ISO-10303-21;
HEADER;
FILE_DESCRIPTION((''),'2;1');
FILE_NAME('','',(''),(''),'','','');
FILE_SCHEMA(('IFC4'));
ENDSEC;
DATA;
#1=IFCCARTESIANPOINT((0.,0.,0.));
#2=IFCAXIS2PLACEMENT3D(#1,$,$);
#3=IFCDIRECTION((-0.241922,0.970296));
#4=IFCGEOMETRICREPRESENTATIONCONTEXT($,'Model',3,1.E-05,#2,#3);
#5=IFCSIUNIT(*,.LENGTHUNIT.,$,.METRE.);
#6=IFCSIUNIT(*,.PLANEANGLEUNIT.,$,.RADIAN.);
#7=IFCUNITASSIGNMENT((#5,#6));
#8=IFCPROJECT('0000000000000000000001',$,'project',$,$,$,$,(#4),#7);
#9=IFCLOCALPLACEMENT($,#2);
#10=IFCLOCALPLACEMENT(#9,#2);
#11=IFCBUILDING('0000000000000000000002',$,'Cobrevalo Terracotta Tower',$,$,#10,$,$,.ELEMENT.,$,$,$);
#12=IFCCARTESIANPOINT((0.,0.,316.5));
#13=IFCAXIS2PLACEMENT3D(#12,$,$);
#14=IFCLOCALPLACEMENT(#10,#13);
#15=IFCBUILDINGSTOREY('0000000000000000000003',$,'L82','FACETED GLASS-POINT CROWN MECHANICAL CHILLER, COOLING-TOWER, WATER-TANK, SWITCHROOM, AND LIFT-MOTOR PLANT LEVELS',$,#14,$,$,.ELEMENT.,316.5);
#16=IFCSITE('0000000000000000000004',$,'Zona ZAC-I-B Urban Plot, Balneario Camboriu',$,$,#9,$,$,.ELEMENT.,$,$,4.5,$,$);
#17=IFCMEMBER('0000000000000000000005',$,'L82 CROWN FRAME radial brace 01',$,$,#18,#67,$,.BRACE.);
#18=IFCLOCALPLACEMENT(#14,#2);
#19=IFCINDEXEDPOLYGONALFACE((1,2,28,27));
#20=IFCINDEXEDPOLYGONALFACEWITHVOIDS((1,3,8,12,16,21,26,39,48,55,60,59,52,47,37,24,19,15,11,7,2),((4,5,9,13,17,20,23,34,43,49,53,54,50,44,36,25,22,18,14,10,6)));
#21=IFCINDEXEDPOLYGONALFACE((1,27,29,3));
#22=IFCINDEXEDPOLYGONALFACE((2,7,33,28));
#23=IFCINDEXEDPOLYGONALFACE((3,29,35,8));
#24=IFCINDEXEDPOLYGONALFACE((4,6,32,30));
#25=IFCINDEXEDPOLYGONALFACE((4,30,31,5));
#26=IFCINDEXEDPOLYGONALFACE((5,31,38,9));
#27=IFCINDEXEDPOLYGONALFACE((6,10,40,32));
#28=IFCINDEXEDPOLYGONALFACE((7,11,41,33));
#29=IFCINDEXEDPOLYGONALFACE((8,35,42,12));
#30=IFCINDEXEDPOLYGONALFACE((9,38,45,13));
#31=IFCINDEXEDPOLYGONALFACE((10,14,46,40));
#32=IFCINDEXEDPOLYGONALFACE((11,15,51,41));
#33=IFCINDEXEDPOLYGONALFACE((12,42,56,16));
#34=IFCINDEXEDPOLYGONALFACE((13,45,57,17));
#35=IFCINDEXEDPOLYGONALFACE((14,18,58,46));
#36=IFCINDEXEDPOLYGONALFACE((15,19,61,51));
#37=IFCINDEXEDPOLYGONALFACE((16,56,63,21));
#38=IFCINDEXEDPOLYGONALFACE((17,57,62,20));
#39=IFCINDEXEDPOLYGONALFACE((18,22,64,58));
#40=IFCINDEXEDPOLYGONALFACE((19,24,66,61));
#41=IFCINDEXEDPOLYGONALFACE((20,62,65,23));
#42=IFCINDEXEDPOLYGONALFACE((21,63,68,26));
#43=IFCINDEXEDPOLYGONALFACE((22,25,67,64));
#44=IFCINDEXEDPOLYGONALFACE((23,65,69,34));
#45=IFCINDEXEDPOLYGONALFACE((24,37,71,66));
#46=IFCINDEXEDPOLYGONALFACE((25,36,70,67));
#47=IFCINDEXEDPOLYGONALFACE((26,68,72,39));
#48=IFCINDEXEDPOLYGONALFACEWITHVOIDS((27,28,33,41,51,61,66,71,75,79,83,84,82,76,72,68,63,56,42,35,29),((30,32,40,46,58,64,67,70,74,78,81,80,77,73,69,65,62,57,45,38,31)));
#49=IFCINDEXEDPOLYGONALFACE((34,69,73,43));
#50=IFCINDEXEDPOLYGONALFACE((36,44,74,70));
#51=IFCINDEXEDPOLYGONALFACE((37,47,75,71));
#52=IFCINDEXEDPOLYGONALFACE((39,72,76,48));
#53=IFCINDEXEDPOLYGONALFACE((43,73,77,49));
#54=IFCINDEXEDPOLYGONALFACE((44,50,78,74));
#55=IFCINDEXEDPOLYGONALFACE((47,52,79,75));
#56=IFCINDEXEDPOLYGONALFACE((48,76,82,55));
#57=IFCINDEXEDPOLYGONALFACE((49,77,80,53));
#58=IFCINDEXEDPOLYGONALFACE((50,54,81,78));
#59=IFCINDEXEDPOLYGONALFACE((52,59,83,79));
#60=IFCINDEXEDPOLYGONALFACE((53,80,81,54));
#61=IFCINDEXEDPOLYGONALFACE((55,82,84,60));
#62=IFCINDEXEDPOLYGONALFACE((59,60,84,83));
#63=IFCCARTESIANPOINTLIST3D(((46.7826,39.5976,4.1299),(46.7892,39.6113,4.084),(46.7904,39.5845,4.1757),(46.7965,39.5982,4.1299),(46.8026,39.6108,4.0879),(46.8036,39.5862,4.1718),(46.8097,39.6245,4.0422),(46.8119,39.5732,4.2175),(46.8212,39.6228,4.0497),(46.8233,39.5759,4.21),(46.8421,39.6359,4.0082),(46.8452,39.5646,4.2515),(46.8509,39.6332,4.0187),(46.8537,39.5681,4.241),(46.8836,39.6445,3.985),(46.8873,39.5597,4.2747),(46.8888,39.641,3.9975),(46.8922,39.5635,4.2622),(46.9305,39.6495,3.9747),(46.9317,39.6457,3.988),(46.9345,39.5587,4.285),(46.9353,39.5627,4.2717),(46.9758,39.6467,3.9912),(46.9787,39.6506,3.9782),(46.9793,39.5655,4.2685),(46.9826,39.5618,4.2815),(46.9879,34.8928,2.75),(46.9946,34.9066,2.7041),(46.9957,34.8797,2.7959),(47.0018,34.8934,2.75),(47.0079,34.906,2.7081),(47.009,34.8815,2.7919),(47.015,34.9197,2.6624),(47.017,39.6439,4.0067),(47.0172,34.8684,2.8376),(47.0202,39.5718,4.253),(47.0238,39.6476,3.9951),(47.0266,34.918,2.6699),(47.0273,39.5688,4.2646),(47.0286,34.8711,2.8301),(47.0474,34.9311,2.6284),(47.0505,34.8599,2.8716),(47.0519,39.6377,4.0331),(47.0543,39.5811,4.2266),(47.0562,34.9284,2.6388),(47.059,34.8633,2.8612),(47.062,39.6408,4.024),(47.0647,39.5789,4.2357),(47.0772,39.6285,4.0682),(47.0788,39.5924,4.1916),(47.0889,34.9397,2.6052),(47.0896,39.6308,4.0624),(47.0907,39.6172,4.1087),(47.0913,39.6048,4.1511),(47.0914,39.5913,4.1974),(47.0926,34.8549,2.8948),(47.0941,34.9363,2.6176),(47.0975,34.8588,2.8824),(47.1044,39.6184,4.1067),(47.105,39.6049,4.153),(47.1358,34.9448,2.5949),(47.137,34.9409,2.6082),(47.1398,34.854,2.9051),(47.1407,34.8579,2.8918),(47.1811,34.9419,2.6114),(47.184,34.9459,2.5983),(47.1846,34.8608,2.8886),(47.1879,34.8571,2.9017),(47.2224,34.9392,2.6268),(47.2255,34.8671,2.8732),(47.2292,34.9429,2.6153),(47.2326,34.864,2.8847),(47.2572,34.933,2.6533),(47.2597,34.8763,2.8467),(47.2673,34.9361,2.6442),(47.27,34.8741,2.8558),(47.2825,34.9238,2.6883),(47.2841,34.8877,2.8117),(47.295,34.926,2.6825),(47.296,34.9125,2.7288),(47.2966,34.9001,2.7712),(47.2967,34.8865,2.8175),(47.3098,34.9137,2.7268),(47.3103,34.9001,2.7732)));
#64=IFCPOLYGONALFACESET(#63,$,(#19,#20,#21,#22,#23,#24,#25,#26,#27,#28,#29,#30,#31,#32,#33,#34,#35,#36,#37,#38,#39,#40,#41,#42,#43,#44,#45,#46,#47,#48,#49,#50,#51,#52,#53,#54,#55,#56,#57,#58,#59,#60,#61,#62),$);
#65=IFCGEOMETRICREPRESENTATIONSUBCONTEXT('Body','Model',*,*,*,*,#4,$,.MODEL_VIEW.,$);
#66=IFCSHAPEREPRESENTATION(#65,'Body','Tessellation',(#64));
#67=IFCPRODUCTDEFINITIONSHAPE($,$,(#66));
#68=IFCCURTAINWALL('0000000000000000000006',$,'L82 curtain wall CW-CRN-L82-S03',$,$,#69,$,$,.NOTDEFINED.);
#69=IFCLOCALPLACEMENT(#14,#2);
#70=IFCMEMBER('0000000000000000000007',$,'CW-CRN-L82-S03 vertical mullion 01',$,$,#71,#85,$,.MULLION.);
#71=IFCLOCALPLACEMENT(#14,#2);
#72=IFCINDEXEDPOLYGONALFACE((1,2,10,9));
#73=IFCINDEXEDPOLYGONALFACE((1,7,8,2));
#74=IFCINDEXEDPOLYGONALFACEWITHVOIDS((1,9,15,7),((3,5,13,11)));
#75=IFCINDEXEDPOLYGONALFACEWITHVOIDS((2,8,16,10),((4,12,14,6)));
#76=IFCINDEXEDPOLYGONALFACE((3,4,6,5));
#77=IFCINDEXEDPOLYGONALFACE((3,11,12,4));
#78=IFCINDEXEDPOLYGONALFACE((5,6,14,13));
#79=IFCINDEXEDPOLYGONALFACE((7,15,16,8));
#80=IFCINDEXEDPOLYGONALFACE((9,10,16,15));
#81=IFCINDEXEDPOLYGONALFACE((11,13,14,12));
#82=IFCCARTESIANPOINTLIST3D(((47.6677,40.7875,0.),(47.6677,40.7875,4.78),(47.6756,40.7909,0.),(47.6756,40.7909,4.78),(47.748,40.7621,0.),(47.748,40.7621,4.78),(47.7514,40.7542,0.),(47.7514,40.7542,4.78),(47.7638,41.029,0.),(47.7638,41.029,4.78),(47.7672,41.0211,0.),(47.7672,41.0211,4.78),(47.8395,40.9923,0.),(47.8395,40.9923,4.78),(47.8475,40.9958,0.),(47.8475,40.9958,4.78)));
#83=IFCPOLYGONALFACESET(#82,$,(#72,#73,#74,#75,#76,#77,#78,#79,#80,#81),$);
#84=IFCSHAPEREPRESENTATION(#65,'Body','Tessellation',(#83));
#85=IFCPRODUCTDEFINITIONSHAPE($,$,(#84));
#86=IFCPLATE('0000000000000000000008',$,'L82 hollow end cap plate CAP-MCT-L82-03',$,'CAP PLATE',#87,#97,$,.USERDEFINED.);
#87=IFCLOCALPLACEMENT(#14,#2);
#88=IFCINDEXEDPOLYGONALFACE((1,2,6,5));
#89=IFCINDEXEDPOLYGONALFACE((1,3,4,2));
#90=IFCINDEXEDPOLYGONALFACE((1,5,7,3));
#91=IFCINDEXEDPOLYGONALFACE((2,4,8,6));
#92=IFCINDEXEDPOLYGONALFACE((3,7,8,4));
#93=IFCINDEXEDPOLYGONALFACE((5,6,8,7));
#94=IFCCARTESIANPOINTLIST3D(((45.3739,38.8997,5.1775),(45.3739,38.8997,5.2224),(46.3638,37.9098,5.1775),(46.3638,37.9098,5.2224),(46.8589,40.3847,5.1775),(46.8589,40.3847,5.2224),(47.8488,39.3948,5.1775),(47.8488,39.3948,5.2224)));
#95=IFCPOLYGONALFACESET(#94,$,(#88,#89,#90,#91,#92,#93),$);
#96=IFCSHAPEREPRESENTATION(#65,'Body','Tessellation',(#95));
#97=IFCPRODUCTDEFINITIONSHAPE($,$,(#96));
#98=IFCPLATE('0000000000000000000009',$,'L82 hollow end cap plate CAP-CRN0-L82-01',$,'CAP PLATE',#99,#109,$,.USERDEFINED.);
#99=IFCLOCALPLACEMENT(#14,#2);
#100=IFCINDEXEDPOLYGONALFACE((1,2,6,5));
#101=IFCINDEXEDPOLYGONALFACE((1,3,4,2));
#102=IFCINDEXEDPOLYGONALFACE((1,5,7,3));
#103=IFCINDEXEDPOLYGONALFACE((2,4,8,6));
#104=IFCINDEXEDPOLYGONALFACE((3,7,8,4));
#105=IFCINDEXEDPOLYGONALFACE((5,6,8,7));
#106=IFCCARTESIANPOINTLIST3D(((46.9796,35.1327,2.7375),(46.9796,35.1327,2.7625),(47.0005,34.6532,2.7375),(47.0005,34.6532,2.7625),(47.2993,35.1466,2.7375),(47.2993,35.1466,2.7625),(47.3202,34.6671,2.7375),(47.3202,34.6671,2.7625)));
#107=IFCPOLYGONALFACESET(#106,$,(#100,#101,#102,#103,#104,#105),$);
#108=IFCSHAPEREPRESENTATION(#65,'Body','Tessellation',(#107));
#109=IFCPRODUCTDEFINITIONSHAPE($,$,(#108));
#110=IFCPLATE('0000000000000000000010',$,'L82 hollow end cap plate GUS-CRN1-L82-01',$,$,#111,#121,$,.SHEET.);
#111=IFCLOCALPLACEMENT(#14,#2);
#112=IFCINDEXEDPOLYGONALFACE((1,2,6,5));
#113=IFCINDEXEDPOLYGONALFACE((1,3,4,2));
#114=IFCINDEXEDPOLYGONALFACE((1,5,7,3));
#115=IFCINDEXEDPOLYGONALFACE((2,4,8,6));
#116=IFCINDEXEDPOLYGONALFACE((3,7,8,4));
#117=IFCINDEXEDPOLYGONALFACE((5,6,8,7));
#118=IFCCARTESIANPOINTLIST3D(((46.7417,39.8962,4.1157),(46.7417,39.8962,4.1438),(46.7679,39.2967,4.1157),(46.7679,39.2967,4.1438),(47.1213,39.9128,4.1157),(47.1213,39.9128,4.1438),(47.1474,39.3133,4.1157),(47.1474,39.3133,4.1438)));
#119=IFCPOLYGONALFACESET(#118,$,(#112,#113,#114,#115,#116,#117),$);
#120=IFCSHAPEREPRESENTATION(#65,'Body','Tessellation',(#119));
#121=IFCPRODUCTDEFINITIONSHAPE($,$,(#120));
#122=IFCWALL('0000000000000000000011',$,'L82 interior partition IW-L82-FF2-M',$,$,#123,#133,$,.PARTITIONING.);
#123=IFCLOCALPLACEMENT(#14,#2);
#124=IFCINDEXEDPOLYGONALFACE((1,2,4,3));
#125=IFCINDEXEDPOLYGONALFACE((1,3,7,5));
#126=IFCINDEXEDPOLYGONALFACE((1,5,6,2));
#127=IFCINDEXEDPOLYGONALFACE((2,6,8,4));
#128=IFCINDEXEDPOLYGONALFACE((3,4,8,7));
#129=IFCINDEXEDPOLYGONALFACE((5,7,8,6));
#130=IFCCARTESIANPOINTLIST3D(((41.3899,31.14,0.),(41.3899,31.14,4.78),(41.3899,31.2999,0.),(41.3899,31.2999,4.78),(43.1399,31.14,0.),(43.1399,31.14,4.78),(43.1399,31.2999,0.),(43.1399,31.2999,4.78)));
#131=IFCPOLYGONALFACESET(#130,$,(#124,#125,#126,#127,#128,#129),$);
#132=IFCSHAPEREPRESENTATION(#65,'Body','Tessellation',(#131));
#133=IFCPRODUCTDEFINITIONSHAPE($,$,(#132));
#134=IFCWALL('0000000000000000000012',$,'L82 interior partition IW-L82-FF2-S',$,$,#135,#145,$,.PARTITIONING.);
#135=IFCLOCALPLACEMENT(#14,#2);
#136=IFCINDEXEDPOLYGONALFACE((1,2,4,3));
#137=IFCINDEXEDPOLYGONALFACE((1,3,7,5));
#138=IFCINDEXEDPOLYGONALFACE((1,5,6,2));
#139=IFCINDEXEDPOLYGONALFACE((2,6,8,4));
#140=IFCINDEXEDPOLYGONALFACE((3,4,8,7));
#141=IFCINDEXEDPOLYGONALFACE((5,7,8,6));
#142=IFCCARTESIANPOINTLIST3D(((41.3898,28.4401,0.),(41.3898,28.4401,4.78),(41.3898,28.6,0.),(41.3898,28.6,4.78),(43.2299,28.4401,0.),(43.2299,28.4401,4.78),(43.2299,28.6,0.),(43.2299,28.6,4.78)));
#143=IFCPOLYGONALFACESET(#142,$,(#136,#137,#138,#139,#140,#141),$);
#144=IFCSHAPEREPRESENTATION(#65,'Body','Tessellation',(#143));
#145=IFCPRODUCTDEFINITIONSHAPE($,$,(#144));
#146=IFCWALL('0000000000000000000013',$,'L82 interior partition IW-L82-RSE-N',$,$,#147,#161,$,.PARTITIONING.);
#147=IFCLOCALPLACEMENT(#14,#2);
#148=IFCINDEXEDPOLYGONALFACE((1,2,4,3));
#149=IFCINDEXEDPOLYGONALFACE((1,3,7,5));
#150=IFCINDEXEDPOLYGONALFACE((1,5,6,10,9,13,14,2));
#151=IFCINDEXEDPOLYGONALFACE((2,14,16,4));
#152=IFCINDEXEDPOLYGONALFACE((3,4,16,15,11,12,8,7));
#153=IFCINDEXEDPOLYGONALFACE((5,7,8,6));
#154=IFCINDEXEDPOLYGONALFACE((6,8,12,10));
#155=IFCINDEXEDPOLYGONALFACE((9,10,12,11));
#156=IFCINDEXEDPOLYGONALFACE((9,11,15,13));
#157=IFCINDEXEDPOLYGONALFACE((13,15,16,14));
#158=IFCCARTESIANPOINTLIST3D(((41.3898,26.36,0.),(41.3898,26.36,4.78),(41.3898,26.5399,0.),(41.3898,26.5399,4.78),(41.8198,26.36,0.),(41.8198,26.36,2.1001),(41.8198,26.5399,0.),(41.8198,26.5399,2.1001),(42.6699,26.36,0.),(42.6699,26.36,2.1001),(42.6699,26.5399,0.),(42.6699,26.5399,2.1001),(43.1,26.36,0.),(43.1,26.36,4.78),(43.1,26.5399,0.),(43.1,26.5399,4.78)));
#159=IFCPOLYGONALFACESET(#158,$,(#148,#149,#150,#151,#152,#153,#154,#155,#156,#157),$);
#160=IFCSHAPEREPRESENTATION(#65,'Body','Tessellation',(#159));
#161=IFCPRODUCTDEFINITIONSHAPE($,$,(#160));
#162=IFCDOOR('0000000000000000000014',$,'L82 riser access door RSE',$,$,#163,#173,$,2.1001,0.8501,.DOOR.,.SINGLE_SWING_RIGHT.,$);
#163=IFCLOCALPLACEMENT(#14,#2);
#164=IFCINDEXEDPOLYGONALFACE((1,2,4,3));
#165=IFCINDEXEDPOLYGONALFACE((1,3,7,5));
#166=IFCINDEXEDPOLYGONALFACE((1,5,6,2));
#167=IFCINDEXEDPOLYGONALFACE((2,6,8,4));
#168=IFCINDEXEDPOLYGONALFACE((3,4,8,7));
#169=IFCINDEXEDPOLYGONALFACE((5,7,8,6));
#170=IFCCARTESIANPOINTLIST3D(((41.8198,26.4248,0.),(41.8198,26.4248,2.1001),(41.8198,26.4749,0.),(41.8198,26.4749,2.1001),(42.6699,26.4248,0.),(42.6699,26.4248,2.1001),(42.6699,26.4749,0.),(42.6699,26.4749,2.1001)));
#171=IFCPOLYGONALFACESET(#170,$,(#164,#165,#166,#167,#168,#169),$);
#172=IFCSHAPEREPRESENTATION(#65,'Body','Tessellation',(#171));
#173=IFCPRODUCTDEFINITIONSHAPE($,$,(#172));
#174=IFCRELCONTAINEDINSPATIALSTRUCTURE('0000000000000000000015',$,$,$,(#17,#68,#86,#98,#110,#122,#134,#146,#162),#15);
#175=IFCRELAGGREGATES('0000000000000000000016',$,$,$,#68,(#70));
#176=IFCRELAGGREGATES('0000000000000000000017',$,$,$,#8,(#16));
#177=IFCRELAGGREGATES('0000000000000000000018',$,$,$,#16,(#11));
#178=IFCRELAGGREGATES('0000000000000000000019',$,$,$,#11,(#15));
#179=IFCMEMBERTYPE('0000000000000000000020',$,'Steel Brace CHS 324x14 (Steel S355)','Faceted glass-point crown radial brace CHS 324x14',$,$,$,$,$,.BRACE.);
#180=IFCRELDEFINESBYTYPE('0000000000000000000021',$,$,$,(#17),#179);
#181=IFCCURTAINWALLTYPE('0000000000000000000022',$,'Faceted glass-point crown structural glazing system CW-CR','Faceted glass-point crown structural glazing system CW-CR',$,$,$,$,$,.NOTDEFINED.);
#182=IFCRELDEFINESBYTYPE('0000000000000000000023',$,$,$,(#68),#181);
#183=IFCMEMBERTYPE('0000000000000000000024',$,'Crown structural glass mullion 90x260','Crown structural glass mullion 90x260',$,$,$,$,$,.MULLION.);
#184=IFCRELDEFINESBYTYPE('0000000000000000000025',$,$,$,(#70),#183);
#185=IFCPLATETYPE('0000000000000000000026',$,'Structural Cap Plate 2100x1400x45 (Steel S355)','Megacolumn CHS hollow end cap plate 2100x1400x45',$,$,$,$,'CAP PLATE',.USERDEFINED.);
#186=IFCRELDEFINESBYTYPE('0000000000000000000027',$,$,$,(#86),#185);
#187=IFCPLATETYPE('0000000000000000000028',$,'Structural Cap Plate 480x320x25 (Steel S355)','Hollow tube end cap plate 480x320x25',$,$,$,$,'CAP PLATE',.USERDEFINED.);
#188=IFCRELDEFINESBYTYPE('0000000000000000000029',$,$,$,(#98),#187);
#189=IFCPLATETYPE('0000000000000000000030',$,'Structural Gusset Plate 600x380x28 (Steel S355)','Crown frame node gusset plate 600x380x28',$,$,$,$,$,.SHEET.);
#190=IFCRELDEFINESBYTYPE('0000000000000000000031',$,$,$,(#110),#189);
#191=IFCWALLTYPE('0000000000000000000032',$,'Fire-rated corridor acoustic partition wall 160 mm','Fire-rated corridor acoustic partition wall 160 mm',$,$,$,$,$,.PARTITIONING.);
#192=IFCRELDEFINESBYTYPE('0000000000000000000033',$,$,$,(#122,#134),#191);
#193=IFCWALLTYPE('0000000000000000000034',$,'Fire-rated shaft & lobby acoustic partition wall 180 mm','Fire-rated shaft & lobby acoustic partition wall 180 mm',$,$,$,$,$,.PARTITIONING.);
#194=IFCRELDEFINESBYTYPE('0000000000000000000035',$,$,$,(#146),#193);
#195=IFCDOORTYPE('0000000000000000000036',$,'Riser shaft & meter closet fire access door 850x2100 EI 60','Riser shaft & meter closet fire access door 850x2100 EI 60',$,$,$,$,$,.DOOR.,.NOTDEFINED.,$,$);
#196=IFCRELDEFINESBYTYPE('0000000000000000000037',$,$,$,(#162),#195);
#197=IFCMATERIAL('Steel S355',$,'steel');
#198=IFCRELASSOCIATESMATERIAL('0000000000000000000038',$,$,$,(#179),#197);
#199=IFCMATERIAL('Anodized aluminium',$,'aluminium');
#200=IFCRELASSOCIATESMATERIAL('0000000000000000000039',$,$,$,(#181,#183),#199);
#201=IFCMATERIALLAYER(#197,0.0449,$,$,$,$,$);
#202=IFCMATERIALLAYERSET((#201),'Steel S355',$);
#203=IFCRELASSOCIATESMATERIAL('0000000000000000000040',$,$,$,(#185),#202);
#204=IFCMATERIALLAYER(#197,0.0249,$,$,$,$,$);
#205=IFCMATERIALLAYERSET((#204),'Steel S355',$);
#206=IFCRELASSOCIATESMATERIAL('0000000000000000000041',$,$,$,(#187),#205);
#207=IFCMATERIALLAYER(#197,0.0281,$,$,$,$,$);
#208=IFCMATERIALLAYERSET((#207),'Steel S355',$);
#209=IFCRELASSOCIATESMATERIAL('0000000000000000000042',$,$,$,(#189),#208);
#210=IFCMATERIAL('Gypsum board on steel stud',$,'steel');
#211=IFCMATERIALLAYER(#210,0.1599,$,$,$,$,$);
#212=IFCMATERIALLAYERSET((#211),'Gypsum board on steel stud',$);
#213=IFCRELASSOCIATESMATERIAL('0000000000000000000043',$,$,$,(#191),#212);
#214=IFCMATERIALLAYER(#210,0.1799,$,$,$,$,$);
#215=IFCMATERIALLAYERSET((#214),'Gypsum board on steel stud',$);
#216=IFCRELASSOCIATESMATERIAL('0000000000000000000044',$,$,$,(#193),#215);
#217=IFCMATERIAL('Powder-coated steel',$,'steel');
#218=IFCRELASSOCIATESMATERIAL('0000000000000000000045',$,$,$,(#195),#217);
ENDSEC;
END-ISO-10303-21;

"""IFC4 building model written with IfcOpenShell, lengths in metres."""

from ifc_helpers import new_model, si_unit, direction, frame, frame_2d, origin, origin_2d, place, context, subcontext, project, spatial, rectangle, hollow_rectangle, hollow_circle, extrude, source, transform, mapped, material, layer, layer_set, material_profile, profile_set, type_object, element, fill, aggregate, save


model = new_model("IFC4")

# Units and contexts
model_context = context("Model", 3, precision=1e-05, world=origin(), true_north=direction((-0.241922, 0.970296)))
body_context = subcontext(model_context, "Body", "Model", "MODEL_VIEW")
ifc_project = project(units=[si_unit("LENGTHUNIT", "METRE"), si_unit("PLANEANGLEUNIT", "RADIAN")], contexts=[model_context])

# Site, building, storey
site_placement = place(None, origin())
site = spatial("IfcSite", under=ifc_project, at=site_placement, Name="Zona ZAC-I-B Urban Plot, Balneario Camboriu", CompositionType="ELEMENT", RefElevation=4.5)
building_placement = place(site_placement, origin())
building = spatial("IfcBuilding", under=site, at=building_placement, Name="Cobrevalo Terracotta Tower", CompositionType="ELEMENT")
storey_placement = place(building_placement, frame((0.0, 0.0, 316.5)))
storey = spatial("IfcBuildingStorey", under=building, at=storey_placement, Name="L82", Description="FACETED GLASS-POINT CROWN MECHANICAL CHILLER, COOLING-TOWER, WATER-TANK, SWITCHROOM, AND LIFT-MOTOR PLANT LEVELS", CompositionType="ELEMENT", Elevation=316.5)

# Shared definitions
ifc_material_1 = material(Name="Steel S355", Category="steel")

# Member
ifc_material_profile_1 = material_profile(ifc_material_1, hollow_circle(Radius=0.1621, WallThickness=0.0139, at=origin_2d()), Name="CHS 324x14")
ifc_profile_set_1 = profile_set([ifc_material_profile_1], Name="Steel S355")
member_type_1 = type_object("IfcMemberType", Name="Steel Brace CHS 324x14 (Steel S355)", Description="Faceted glass-point crown radial brace CHS 324x14", PredefinedType="BRACE", material=ifc_profile_set_1)
shared_shape_1 = source(origin(), body_context, "Body", "SweptSolid", [
    extrude(hollow_circle(Radius=0.1621, WallThickness=0.0139, at=origin_2d()), origin(), (0.0, 0.0, 1.0), 4.9072),
])
member_1_placement = place(storey_placement, frame((47.1499, 34.8999, 2.75), z_axis=(-0.04184, 0.95874, 0.281189), x_axis=(-0.999049, -0.043599, 0.0)))
element("IfcMember", 1, at=member_1_placement, inside=storey, type_object=member_type_1, Name="L82 CROWN FRAME radial brace 01", PredefinedType="BRACE", context=body_context, shape_type="MappedRepresentation", body=[
    mapped(shared_shape_1, transform((0.0, 0.0, 0.0), scale=1.0)),
])

# Curtain wall, member
ifc_material_2 = material(Name="Anodized aluminium", Category="aluminium")
curtain_wall_type = type_object("IfcCurtainWallType", Name="Faceted glass-point crown structural glazing system CW-CR", Description="Faceted glass-point crown structural glazing system CW-CR", PredefinedType="NOTDEFINED", material=ifc_material_2)
curtain_wall_placement = place(storey_placement, origin())
curtain_wall = element("IfcCurtainWall", 2, at=curtain_wall_placement, inside=storey, type_object=curtain_wall_type, Name="L82 curtain wall CW-CRN-L82-S03", PredefinedType="NOTDEFINED")
ifc_material_profile_2 = material_profile(ifc_material_2, hollow_rectangle(XDim=0.0901, YDim=0.26, WallThickness=0.0061, at=origin_2d()), Name="CWM 90x260")
ifc_profile_set_2 = profile_set([ifc_material_profile_2], Name="Anodized aluminium")
member_type_2 = type_object("IfcMemberType", Name="Crown structural glass mullion 90x260", Description="Crown structural glass mullion 90x260", PredefinedType="MULLION", material=ifc_profile_set_2)
shared_shape_2 = source(origin(), body_context, "Body", "SweptSolid", [
    extrude(hollow_rectangle(XDim=0.0901, YDim=0.26, WallThickness=0.0061, at=origin_2d()), origin(), (0.0, 0.0, 1.0), 4.78),
])
member_2_placement = place(storey_placement, frame((47.7576, 40.8916, 0.0), z_axis=(0.0, 0.0, 1.0), x_axis=(-0.929191, 0.369601, 0.0)))
member_2 = element("IfcMember", 3, at=member_2_placement, type_object=member_type_2, Name="CW-CRN-L82-S03 vertical mullion 01", PredefinedType="MULLION", context=body_context, shape_type="MappedRepresentation", body=[
    mapped(shared_shape_2, transform((0.0, 0.0, 0.0), scale=1.0)),
])
aggregate(curtain_wall, [member_2])

# Plates
ifc_layer_1 = layer(ifc_material_1, 0.0449)
ifc_layer_set_1 = layer_set([ifc_layer_1], Name="Steel S355")
plate_type_1 = type_object("IfcPlateType", Name="Structural Cap Plate 2100x1400x45 (Steel S355)", Description="Megacolumn CHS hollow end cap plate 2100x1400x45", ElementType="CAP PLATE", PredefinedType="USERDEFINED", material=ifc_layer_set_1)
shared_shape_3 = source(origin(), body_context, "Body", "SweptSolid", [
    extrude(rectangle(XDim=2.1001, YDim=1.3999, at=origin_2d()), origin(), (0.0, 0.0, 1.0), 0.0449),
])
plate_1_placement = place(storey_placement, frame((46.6113, 39.1472, 5.1775), z_axis=(0.0, 0.0, 1.0), x_axis=(0.707107, 0.707107, 0.0)))
element("IfcPlate", 4, at=plate_1_placement, inside=storey, type_object=plate_type_1, Name="L82 hollow end cap plate CAP-MCT-L82-03", ObjectType="CAP PLATE", PredefinedType="USERDEFINED", context=body_context, shape_type="MappedRepresentation", body=[
    mapped(shared_shape_3, transform((0.0, 0.0, 0.0), scale=1.0)),
])
ifc_layer_2 = layer(ifc_material_1, 0.0249)
ifc_layer_set_2 = layer_set([ifc_layer_2], Name="Steel S355")
plate_type_2 = type_object("IfcPlateType", Name="Structural Cap Plate 480x320x25 (Steel S355)", Description="Hollow tube end cap plate 480x320x25", ElementType="CAP PLATE", PredefinedType="USERDEFINED", material=ifc_layer_set_2)
shared_shape_4 = source(origin(), body_context, "Body", "SweptSolid", [
    extrude(rectangle(XDim=0.48, YDim=0.3201, at=origin_2d()), origin(), (0.0, 0.0, 1.0), 0.0249),
])
plate_2_placement = place(storey_placement, frame((47.1499, 34.8999, 2.7375), z_axis=(0.0, 0.0, 1.0), x_axis=(-0.0436, 0.999049, 0.0)))
element("IfcPlate", 5, at=plate_2_placement, inside=storey, type_object=plate_type_2, Name="L82 hollow end cap plate CAP-CRN0-L82-01", ObjectType="CAP PLATE", PredefinedType="USERDEFINED", context=body_context, shape_type="MappedRepresentation", body=[
    mapped(shared_shape_4, transform((0.0, 0.0, 0.0), scale=1.0)),
])
ifc_layer_3 = layer(ifc_material_1, 0.0281)
ifc_layer_set_3 = layer_set([ifc_layer_3], Name="Steel S355")
plate_type_3 = type_object("IfcPlateType", Name="Structural Gusset Plate 600x380x28 (Steel S355)", Description="Crown frame node gusset plate 600x380x28", PredefinedType="SHEET", material=ifc_layer_set_3)
shared_shape_5 = source(origin(), body_context, "Body", "SweptSolid", [
    extrude(rectangle(XDim=0.6001, YDim=0.3799, at=origin_2d()), origin(), (0.0, 0.0, 1.0), 0.0281),
])
plate_3_placement = place(storey_placement, frame((46.9446, 39.6047, 4.1157), z_axis=(0.0, 0.0, 1.0), x_axis=(-0.0436, 0.999049, 0.0)))
element("IfcPlate", 6, at=plate_3_placement, inside=storey, type_object=plate_type_3, Name="L82 hollow end cap plate GUS-CRN1-L82-01", PredefinedType="SHEET", context=body_context, shape_type="MappedRepresentation", body=[
    mapped(shared_shape_5, transform((0.0, 0.0, 0.0), scale=1.0)),
])

# Walls
ifc_material_3 = material(Name="Gypsum board on steel stud", Category="steel")
ifc_layer_4 = layer(ifc_material_3, 0.1599)
ifc_layer_set_4 = layer_set([ifc_layer_4], Name="Gypsum board on steel stud")
wall_type_1 = type_object("IfcWallType", Name="Fire-rated corridor acoustic partition wall 160 mm", Description="Fire-rated corridor acoustic partition wall 160 mm", PredefinedType="PARTITIONING", material=ifc_layer_set_4)
wall_1_placement = place(storey_placement, frame((41.3899, 31.22, 0.0), z_axis=(0.0, 0.0, 1.0), x_axis=(1.0, 0.0, 0.0)))
element("IfcWall", 7, at=wall_1_placement, inside=storey, type_object=wall_type_1, Name="L82 interior partition IW-L82-FF2-M", PredefinedType="PARTITIONING", context=body_context, shape_type="SweptSolid", body=[
    extrude(rectangle(XDim=1.75, YDim=0.1599, at=frame_2d((0.875, 0.0))), origin(), (0.0, 0.0, 1.0), 4.78),
])
wall_2_placement = place(storey_placement, frame((41.3899, 28.52, 0.0), z_axis=(0.0, 0.0, 1.0), x_axis=(1.0, 0.0, 0.0)))
element("IfcWall", 8, at=wall_2_placement, inside=storey, type_object=wall_type_1, Name="L82 interior partition IW-L82-FF2-S", PredefinedType="PARTITIONING", context=body_context, shape_type="SweptSolid", body=[
    extrude(rectangle(XDim=1.8401, YDim=0.1599, at=frame_2d((0.9199, 0.0))), origin(), (0.0, 0.0, 1.0), 4.78),
])

# Wall, opening, door
ifc_layer_5 = layer(ifc_material_3, 0.1799)
ifc_layer_set_5 = layer_set([ifc_layer_5], Name="Gypsum board on steel stud")
wall_type_2 = type_object("IfcWallType", Name="Fire-rated shaft & lobby acoustic partition wall 180 mm", Description="Fire-rated shaft & lobby acoustic partition wall 180 mm", PredefinedType="PARTITIONING", material=ifc_layer_set_5)
wall_3_placement = place(storey_placement, frame((41.3899, 26.45, 0.0), z_axis=(0.0, 0.0, 1.0), x_axis=(1.0, 0.0, 0.0)))
wall_3 = element("IfcWall", 9, at=wall_3_placement, inside=storey, type_object=wall_type_2, Name="L82 interior partition IW-L82-RSE-N", PredefinedType="PARTITIONING", context=body_context, shape_type="SweptSolid", body=[
    extrude(rectangle(XDim=1.7102, YDim=0.1799, at=frame_2d((0.855, 0.0))), origin(), (0.0, 0.0, 1.0), 4.78),
])
opening_1_placement = place(wall_3_placement, frame((0.4299, 0.0, 0.0)))
opening_1 = element("IfcOpeningElement", 10, at=opening_1_placement, cuts=wall_3, PredefinedType="OPENING", context=body_context, shape_type="SweptSolid", body=[
    extrude(rectangle(XDim=0.8501, YDim=2.1001, at=frame_2d((0.425, 1.05))), frame((0.0, 0.1001, 0.0), z_axis=(0.0, -1.0, 0.0), x_axis=(1.0, 0.0, 0.0)), (0.0, 0.0, 1.0), 0.2),
])
ifc_material_4 = material(Name="Powder-coated steel", Category="steel")
door_type_1 = type_object("IfcDoorType", Name="Riser shaft & meter closet fire access door 850x2100 EI 60", Description="Riser shaft & meter closet fire access door 850x2100 EI 60", OperationType="NOTDEFINED", PredefinedType="DOOR", material=ifc_material_4)
shared_shape_6 = source(origin(), body_context, "Body", "SweptSolid", [
    extrude(rectangle(XDim=0.8501, YDim=2.1001, at=frame_2d((0.425, 1.05))), frame((0.0, 0.0249, 0.0), z_axis=(0.0, -1.0, 0.0), x_axis=(1.0, 0.0, 0.0)), (0.0, 0.0, 1.0), 0.05),
])
door_1_placement = place(opening_1_placement, origin())
door_1 = element("IfcDoor", 11, at=door_1_placement, inside=storey, type_object=door_type_1, Name="L82 riser access door RSE", OperationType="SINGLE_SWING_RIGHT", OverallHeight=2.1001, OverallWidth=0.8501, PredefinedType="DOOR", context=body_context, shape_type="MappedRepresentation", body=[
    mapped(shared_shape_6, transform((0.0, 0.0, 0.0), scale=1.0)),
])
fill(opening_1, door_1)

save(model, "model.ifc")
